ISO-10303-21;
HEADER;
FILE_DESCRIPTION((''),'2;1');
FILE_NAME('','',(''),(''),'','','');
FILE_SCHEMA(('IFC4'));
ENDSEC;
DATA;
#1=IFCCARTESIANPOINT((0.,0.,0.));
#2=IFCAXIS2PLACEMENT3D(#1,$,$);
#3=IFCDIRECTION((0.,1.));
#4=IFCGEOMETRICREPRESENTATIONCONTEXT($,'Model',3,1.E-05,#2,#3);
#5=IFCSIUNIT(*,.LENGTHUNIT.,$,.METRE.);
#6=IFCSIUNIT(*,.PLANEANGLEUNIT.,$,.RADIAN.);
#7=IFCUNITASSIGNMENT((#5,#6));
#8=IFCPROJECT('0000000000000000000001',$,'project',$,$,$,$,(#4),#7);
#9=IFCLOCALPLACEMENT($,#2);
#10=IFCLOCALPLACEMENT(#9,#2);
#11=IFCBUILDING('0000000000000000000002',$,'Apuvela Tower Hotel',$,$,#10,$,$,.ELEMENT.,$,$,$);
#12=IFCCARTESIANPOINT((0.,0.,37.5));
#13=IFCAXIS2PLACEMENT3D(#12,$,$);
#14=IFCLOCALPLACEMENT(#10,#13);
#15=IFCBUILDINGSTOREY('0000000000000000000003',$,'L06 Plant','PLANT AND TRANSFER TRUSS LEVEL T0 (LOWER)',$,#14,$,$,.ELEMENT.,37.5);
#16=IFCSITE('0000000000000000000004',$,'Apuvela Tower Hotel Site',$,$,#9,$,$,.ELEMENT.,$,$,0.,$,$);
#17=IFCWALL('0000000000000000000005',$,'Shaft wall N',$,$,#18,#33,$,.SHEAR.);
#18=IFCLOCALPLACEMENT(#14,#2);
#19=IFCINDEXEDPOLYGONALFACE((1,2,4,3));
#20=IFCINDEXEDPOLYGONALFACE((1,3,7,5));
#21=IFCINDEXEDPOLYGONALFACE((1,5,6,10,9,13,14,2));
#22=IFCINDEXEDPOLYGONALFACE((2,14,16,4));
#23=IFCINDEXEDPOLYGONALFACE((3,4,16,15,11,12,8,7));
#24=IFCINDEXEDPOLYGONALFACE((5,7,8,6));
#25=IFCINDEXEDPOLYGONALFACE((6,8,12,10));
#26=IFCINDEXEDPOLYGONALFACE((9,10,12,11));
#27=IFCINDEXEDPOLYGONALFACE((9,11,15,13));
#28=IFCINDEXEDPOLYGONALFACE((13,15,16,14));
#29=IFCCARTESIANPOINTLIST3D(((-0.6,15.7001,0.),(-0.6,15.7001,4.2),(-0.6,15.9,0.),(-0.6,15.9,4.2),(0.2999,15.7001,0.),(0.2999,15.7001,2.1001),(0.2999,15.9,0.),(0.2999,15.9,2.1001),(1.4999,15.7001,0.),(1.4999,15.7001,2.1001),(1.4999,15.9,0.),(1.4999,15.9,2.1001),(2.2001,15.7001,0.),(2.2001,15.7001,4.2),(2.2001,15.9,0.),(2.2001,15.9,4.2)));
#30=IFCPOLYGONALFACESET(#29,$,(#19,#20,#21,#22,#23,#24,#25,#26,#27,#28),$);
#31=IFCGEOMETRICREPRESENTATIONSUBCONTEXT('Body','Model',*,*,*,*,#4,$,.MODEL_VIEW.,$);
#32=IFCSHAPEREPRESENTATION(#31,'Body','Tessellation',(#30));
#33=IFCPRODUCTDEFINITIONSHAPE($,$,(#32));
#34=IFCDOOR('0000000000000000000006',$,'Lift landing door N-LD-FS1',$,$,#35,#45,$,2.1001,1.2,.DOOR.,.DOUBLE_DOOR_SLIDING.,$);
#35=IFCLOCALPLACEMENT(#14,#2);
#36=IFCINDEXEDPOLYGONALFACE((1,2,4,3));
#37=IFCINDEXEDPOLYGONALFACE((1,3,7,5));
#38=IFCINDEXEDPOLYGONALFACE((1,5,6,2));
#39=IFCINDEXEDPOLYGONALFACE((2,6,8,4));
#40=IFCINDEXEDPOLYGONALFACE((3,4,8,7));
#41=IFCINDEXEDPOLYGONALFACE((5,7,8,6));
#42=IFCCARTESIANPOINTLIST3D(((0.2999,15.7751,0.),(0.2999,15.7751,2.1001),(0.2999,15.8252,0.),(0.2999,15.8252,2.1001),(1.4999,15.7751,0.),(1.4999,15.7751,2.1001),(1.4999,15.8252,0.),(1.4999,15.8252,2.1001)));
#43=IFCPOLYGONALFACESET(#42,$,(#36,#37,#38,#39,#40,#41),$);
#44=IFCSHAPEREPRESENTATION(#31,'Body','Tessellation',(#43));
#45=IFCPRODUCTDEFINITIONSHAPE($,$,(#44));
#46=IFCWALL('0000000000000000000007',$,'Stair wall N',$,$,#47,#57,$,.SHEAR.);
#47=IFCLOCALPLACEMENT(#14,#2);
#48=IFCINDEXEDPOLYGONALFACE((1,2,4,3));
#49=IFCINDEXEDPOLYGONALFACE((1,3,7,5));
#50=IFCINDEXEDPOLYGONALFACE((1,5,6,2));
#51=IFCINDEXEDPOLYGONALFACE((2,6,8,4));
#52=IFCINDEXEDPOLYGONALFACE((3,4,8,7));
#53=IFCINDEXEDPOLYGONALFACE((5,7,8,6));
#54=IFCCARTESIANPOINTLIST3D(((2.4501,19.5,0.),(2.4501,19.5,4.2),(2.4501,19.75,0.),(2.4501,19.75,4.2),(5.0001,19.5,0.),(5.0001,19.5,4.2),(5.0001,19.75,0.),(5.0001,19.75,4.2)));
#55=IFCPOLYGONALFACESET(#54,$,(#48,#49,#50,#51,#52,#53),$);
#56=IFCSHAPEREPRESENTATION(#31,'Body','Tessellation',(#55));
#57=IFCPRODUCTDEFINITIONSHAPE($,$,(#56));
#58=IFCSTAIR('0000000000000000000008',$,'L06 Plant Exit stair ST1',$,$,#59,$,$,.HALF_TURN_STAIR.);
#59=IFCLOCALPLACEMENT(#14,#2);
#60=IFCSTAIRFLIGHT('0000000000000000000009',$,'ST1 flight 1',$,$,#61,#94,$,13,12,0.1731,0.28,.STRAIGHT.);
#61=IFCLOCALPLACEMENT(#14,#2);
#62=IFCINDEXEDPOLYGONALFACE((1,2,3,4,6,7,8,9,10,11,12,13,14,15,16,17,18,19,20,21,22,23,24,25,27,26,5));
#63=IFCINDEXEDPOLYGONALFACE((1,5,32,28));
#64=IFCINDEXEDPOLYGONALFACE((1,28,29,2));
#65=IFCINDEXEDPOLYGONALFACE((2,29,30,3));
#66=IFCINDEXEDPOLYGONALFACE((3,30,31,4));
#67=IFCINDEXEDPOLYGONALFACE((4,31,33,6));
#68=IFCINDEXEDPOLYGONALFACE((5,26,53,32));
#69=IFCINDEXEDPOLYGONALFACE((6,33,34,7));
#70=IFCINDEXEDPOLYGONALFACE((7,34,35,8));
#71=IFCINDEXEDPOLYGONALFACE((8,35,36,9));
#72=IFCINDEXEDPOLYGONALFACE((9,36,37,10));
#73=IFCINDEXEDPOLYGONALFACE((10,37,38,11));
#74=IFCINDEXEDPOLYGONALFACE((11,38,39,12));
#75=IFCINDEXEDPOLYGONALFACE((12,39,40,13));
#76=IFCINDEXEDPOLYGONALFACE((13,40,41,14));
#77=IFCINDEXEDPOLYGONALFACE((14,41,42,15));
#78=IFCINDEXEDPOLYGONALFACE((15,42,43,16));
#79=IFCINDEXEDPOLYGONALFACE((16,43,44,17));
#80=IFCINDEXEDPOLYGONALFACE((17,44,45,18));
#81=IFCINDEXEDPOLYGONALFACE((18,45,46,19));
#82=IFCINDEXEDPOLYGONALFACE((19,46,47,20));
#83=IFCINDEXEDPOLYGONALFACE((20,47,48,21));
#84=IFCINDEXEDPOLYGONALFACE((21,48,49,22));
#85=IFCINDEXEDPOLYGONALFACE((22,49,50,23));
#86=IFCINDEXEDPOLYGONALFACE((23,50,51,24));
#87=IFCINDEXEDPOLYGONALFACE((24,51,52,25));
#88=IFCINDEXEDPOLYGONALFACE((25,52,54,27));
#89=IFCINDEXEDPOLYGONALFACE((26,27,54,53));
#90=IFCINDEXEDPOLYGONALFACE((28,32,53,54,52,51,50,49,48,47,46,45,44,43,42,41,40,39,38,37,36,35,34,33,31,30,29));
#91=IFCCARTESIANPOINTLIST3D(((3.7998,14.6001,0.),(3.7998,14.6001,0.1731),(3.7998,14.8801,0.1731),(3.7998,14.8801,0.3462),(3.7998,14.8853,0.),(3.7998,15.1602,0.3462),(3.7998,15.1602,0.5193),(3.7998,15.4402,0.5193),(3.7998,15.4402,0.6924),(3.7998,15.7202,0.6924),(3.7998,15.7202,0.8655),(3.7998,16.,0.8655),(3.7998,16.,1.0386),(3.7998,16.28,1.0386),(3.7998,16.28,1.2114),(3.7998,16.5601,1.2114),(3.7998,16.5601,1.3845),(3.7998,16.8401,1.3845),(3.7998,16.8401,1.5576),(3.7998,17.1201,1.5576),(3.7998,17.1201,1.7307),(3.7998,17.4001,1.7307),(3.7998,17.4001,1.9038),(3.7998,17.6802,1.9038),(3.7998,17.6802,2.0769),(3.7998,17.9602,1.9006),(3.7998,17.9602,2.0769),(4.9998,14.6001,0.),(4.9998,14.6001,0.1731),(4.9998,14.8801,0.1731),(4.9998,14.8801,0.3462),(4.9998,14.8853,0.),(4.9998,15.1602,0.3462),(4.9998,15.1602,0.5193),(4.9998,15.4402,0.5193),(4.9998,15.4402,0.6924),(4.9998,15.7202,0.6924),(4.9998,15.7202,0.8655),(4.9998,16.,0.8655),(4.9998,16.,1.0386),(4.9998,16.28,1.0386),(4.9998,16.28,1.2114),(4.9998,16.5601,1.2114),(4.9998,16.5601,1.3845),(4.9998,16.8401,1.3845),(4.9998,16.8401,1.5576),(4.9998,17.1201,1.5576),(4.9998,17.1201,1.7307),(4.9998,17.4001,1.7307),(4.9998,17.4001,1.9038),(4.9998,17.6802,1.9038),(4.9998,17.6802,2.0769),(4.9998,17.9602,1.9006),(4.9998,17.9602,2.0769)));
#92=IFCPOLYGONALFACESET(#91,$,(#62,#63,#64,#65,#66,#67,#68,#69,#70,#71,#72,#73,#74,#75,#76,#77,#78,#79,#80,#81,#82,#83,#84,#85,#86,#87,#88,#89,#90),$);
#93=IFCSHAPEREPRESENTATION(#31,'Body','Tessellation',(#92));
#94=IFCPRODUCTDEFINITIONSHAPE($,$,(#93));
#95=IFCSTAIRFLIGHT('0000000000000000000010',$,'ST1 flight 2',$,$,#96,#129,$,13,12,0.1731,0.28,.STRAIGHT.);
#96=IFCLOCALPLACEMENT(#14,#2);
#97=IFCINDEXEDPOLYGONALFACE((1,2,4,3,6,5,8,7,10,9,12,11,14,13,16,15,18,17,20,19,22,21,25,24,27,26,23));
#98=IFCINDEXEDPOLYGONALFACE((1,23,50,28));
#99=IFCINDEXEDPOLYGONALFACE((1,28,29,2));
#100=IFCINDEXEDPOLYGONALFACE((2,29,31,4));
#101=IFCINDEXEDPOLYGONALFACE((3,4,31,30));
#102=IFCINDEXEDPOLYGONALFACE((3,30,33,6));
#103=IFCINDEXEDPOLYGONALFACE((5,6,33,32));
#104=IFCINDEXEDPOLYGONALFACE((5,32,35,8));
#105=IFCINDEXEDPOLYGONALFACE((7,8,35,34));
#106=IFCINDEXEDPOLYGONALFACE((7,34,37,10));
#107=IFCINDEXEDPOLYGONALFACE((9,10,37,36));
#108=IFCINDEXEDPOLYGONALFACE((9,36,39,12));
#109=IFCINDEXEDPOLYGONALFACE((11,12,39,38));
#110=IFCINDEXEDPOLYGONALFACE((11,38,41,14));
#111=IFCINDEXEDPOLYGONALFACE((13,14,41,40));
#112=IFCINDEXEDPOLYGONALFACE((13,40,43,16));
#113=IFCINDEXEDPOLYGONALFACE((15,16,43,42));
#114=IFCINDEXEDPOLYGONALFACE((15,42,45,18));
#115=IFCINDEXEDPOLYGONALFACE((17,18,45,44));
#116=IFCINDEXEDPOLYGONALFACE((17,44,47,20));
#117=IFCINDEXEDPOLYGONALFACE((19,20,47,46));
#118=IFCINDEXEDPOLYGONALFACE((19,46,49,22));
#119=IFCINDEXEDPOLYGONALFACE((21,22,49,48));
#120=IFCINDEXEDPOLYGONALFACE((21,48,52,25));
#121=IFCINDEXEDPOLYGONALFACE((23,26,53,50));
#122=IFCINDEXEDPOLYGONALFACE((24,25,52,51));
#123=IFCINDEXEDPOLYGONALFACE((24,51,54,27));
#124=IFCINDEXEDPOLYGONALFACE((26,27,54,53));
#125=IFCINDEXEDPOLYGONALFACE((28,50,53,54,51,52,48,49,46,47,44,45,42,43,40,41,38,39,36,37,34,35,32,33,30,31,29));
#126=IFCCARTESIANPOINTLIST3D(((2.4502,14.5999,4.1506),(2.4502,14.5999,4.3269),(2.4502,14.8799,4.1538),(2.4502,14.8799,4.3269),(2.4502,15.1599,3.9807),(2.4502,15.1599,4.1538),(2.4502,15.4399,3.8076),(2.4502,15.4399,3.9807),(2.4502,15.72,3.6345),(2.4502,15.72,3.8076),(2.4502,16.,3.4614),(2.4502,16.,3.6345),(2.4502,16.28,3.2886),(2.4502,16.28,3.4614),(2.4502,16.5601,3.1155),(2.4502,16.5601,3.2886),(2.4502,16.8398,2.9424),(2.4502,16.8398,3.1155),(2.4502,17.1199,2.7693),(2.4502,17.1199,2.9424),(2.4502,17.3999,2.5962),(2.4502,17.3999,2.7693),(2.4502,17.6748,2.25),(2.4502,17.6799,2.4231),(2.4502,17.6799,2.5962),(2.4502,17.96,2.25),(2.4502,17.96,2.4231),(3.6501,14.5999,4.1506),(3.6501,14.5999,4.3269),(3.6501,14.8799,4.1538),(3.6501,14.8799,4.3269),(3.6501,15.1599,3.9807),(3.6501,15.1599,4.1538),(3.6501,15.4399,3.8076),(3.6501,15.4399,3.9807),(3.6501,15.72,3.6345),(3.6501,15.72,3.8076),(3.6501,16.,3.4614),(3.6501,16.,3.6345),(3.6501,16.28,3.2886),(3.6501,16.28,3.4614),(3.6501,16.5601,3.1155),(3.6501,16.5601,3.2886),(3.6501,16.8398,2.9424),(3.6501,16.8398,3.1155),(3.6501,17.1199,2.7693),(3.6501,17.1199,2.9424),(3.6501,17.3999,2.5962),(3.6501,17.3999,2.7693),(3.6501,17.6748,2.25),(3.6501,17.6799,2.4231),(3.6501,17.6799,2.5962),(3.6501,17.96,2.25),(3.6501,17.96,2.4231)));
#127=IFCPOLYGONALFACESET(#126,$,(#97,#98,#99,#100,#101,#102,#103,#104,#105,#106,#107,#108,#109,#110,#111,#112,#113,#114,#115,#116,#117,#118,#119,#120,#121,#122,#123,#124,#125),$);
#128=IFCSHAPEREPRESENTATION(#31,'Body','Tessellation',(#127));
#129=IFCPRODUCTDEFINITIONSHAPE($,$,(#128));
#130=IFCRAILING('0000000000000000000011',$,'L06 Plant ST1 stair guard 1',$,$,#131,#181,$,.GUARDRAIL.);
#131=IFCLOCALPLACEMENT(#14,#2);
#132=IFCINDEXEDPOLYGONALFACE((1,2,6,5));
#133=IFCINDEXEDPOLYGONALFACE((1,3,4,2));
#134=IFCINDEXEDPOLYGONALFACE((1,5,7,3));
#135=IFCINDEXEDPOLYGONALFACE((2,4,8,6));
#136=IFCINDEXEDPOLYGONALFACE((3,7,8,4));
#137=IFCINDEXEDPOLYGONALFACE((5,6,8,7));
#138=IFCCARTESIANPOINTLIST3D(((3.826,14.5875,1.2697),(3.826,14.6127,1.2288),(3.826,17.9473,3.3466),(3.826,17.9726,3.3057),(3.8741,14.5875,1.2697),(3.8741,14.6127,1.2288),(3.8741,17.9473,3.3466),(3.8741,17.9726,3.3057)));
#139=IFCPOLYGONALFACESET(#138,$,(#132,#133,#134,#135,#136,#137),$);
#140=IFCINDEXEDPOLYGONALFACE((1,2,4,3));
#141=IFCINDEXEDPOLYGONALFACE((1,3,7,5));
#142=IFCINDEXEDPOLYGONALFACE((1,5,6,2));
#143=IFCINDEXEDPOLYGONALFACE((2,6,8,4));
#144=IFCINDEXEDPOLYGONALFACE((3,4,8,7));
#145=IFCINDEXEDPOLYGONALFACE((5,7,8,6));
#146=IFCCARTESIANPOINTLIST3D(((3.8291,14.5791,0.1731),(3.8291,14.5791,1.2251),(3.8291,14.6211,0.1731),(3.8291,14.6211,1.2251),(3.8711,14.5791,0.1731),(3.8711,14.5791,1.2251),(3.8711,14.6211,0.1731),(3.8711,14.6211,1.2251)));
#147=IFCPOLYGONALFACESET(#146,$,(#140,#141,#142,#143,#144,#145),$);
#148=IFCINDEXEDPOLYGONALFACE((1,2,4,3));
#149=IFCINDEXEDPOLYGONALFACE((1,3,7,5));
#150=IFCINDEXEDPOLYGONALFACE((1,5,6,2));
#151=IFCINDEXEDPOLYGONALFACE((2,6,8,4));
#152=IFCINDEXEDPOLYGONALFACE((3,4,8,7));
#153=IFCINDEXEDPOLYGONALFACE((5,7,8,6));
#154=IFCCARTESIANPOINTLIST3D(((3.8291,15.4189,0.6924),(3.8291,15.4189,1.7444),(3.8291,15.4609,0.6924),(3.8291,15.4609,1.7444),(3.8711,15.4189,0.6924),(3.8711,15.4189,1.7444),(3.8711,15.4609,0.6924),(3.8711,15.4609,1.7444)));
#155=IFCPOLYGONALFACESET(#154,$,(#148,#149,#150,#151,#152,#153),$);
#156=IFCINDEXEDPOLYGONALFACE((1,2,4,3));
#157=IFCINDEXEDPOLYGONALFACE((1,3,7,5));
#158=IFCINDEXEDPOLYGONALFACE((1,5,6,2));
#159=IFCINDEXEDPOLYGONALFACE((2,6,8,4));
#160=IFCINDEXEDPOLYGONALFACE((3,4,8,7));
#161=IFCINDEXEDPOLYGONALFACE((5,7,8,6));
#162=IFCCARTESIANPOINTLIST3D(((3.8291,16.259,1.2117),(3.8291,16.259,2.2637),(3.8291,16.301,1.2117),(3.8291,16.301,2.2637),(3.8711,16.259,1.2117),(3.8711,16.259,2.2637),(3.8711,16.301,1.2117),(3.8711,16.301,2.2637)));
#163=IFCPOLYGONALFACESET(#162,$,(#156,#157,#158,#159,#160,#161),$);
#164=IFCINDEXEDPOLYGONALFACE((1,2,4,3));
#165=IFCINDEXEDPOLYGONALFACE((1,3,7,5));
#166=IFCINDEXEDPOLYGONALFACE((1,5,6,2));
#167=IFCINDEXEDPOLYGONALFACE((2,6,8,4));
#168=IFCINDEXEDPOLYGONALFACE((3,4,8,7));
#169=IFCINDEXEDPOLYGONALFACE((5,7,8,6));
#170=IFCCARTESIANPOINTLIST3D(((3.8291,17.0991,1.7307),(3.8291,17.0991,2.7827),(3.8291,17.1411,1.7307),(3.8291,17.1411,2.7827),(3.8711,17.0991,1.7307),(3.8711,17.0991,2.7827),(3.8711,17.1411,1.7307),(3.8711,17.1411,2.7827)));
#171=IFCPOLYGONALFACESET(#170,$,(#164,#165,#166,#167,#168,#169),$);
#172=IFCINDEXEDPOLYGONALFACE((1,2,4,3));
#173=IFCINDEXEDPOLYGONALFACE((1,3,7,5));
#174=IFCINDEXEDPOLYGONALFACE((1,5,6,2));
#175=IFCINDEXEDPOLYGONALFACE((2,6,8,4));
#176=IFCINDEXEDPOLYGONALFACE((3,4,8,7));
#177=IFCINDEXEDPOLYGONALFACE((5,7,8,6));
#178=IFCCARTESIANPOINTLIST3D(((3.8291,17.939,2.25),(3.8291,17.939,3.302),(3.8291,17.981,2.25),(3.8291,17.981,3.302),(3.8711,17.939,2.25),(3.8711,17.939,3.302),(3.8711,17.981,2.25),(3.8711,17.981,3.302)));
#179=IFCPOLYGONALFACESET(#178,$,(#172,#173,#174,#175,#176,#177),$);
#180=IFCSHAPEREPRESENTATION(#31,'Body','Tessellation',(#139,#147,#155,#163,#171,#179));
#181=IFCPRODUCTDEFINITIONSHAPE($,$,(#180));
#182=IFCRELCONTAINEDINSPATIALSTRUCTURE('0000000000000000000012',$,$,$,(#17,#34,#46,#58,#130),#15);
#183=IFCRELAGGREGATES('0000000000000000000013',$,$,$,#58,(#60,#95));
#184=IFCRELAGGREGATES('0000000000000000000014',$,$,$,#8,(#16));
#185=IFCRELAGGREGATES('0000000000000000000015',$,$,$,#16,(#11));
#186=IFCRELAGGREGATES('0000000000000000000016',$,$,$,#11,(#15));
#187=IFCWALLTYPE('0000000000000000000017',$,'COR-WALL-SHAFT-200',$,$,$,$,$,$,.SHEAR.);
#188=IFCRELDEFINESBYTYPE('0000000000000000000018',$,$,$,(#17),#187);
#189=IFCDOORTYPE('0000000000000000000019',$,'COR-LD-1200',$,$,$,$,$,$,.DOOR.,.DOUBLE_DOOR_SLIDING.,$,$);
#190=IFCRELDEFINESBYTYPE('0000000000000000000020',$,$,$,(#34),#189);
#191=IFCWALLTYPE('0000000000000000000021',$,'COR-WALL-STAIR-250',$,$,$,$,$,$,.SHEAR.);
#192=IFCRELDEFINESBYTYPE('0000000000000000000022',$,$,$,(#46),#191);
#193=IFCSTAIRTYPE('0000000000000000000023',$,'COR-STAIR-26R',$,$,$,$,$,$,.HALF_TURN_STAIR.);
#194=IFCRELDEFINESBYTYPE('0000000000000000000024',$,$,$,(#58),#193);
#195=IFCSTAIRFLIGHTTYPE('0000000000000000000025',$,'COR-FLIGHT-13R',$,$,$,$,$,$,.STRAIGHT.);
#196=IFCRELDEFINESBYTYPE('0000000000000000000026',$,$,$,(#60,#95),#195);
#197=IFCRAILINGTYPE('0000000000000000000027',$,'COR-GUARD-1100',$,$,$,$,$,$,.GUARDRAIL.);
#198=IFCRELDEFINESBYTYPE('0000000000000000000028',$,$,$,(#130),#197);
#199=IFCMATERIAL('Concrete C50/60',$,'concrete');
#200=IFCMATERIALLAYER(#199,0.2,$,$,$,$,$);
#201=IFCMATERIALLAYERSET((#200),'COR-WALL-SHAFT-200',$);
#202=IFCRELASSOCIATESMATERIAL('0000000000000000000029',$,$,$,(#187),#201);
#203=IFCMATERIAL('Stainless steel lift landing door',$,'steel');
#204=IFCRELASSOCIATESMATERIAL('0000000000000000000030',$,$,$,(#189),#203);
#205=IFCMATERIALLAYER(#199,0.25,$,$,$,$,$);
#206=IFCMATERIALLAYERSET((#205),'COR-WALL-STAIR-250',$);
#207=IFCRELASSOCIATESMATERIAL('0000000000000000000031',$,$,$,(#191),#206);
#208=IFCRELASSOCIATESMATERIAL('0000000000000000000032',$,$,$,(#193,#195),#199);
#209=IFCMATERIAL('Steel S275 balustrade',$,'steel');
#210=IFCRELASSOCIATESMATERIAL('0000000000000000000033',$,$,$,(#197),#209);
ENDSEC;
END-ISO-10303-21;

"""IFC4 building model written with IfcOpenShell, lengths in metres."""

from ifc_helpers import new_model, si_unit, direction, frame, frame_2d, origin, origin_2d, place, context, subcontext, project, spatial, polyline, rectangle, outline, extrude, material, layer, layer_set, type_object, element, fill, aggregate, save


model = new_model("IFC4")

# Units and contexts
model_context = context("Model", 3, precision=1e-05, world=origin(), true_north=direction((0.0, 1.0)))
body_context = subcontext(model_context, "Body", "Model", "MODEL_VIEW")
ifc_project = project(units=[si_unit("LENGTHUNIT", "METRE"), si_unit("PLANEANGLEUNIT", "RADIAN")], contexts=[model_context])

# Site, building, storey
site_placement = place(None, origin())
site = spatial("IfcSite", under=ifc_project, at=site_placement, Name="Apuvela Tower Hotel Site", CompositionType="ELEMENT", RefElevation=0.0)
building_placement = place(site_placement, origin())
building = spatial("IfcBuilding", under=site, at=building_placement, Name="Apuvela Tower Hotel", CompositionType="ELEMENT")
storey_placement = place(building_placement, frame((0.0, 0.0, 37.5)))
storey = spatial("IfcBuildingStorey", under=building, at=storey_placement, Name="L06 Plant", Description="PLANT AND TRANSFER TRUSS LEVEL T0 (LOWER)", CompositionType="ELEMENT", Elevation=37.5)

# Shared definitions
ifc_material_1 = material(Name="Concrete C50/60", Category="concrete")
ifc_layer_1 = layer(ifc_material_1, 0.2)
ifc_layer_set_1 = layer_set([ifc_layer_1], Name="COR-WALL-SHAFT-200")
wall_type_1 = type_object("IfcWallType", Name="COR-WALL-SHAFT-200", PredefinedType="SHEAR", material=ifc_layer_set_1)

# Wall, opening, door
wall_1_placement = place(storey_placement, frame((2.2, 15.8, 0.0), z_axis=(0.0, 0.0, 1.0), x_axis=(-1.0, 0.0, 0.0)))
wall_1 = element("IfcWall", 1, at=wall_1_placement, inside=storey, type_object=wall_type_1, Name="Shaft wall N", PredefinedType="SHEAR", context=body_context, shape_type="SweptSolid", body=[
    extrude(rectangle(XDim=2.8, YDim=0.2, at=frame_2d((1.3999, 0.0))), origin(), (0.0, 0.0, 1.0), 4.2),
])
opening_placement = place(wall_1_placement, frame((0.7, 0.0, 0.0)))
opening = element("IfcOpeningElement", 2, at=opening_placement, cuts=wall_1, PredefinedType="OPENING", context=body_context, shape_type="SweptSolid", body=[
    extrude(rectangle(XDim=1.2, YDim=2.1001, at=frame_2d((0.6001, 1.05))), frame((0.0, 0.1099, 0.0), z_axis=(0.0, -1.0, 0.0), x_axis=(1.0, 0.0, 0.0)), (0.0, 0.0, 1.0), 0.22),
])
ifc_material_2 = material(Name="Stainless steel lift landing door", Category="steel")
door_type = type_object("IfcDoorType", Name="COR-LD-1200", OperationType="DOUBLE_DOOR_SLIDING", PredefinedType="DOOR", material=ifc_material_2)
door_placement = place(opening_placement, origin())
door = element("IfcDoor", 3, at=door_placement, inside=storey, type_object=door_type, Name="Lift landing door N-LD-FS1", OperationType="DOUBLE_DOOR_SLIDING", OverallHeight=2.1001, OverallWidth=1.2, PredefinedType="DOOR", context=body_context, shape_type="SweptSolid", body=[
    extrude(rectangle(XDim=1.2, YDim=2.1001, at=frame_2d((0.6001, 1.05))), frame((0.0, 0.0249, 0.0), z_axis=(0.0, -1.0, 0.0), x_axis=(1.0, 0.0, 0.0)), (0.0, 0.0, 1.0), 0.05),
])
fill(opening, door)

# Wall
ifc_layer_2 = layer(ifc_material_1, 0.25)
ifc_layer_set_2 = layer_set([ifc_layer_2], Name="COR-WALL-STAIR-250")
wall_type_2 = type_object("IfcWallType", Name="COR-WALL-STAIR-250", PredefinedType="SHEAR", material=ifc_layer_set_2)
wall_2_placement = place(storey_placement, frame((5.0, 19.625, 0.0), z_axis=(0.0, 0.0, 1.0), x_axis=(-1.0, 0.0, 0.0)))
element("IfcWall", 4, at=wall_2_placement, inside=storey, type_object=wall_type_2, Name="Stair wall N", PredefinedType="SHEAR", context=body_context, shape_type="SweptSolid", body=[
    extrude(rectangle(XDim=2.55, YDim=0.25, at=frame_2d((1.2749, 0.0))), origin(), (0.0, 0.0, 1.0), 4.2),
])

# Stair, stair flights
stair_type = type_object("IfcStairType", Name="COR-STAIR-26R", PredefinedType="HALF_TURN_STAIR", material=ifc_material_1)
stair_placement = place(storey_placement, origin())
stair = element("IfcStair", 5, at=stair_placement, inside=storey, type_object=stair_type, Name="L06 Plant Exit stair ST1", PredefinedType="HALF_TURN_STAIR")
stair_flight_type = type_object("IfcStairFlightType", Name="COR-FLIGHT-13R", PredefinedType="STRAIGHT", material=ifc_material_1)
stair_flight_1_placement = place(storey_placement, frame((4.3999, 14.6001, 0.0), z_axis=(0.0, 0.0, 1.0), x_axis=(0.0, 1.0, 0.0)))
stair_flight_1 = element("IfcStairFlight", 6, at=stair_flight_1_placement, type_object=stair_flight_type, Name="ST1 flight 1", NumberOfRisers=13, NumberOfTreads=12, PredefinedType="STRAIGHT", RiserHeight=0.1731, TreadLength=0.28, context=body_context, shape_type="SweptSolid", body=[
    extrude(outline(polyline([(0.0, 0.0), (0.0, 0.1731), (0.28, 0.1731), (0.28, 0.3462), (0.5601, 0.3462), (0.5601, 0.5193), (0.8401, 0.5193), (0.8401, 0.6924), (1.1201, 0.6924), (1.1201, 0.8655), (1.3999, 0.8655), (1.3999, 1.0386), (1.6799, 1.0386), (1.6799, 1.2114), (1.96, 1.2114), (1.96, 1.3845), (2.24, 1.3845), (2.24, 1.5576), (2.52, 1.5576), (2.52, 1.7307), (2.8, 1.7307), (2.8, 1.9038), (3.0801, 1.9038), (3.0801, 2.0769), (3.3601, 2.0769), (3.3601, 2.25), (3.3601, 1.9006), (0.2852, 0.0), (0.0, 0.0)])), frame((0.0, 0.6001, 0.0), z_axis=(0.0, -1.0, 0.0), x_axis=(1.0, 0.0, 0.0)), (0.0, 0.0, 1.0), 1.2),
])
stair_flight_2_placement = place(storey_placement, frame((3.05, 17.96, 2.25), z_axis=(0.0, 0.0, 1.0), x_axis=(0.0, -1.0, 0.0)))
stair_flight_2 = element("IfcStairFlight", 7, at=stair_flight_2_placement, type_object=stair_flight_type, Name="ST1 flight 2", NumberOfRisers=13, NumberOfTreads=12, PredefinedType="STRAIGHT", RiserHeight=0.1731, TreadLength=0.28, context=body_context, shape_type="SweptSolid", body=[
    extrude(outline(polyline([(0.0, 0.0), (0.0, 0.1731), (0.28, 0.1731), (0.28, 0.3462), (0.5601, 0.3462), (0.5601, 0.5193), (0.8401, 0.5193), (0.8401, 0.6924), (1.1201, 0.6924), (1.1201, 0.8655), (1.3999, 0.8655), (1.3999, 1.0386), (1.6799, 1.0386), (1.6799, 1.2114), (1.96, 1.2114), (1.96, 1.3845), (2.24, 1.3845), (2.24, 1.5576), (2.52, 1.5576), (2.52, 1.7307), (2.8, 1.7307), (2.8, 1.9038), (3.0801, 1.9038), (3.0801, 2.0769), (3.3601, 2.0769), (3.3601, 2.25), (3.3601, 1.9006), (0.2852, 0.0), (0.0, 0.0)])), frame((0.0, 0.6001, 0.0), z_axis=(0.0, -1.0, 0.0), x_axis=(1.0, 0.0, 0.0)), (0.0, 0.0, 1.0), 1.2),
])
aggregate(stair, [stair_flight_1, stair_flight_2])

# Railing
ifc_material_3 = material(Name="Steel S275 balustrade", Category="steel")
railing_type_1 = type_object("IfcRailingType", Name="COR-GUARD-1100", PredefinedType="GUARDRAIL", material=ifc_material_3)
railing_1_placement = place(storey_placement, frame((3.8501, 14.6001, 0.1731)))
element("IfcRailing", 8, at=railing_1_placement, inside=storey, type_object=railing_type_1, Name="L06 Plant ST1 stair guard 1", PredefinedType="GUARDRAIL", context=body_context, shape_type="SweptSolid", body=[
    extrude(rectangle(XDim=0.0481, YDim=0.0481, at=origin_2d()), frame((0.0, 0.0, 1.0762), z_axis=(0.0, 0.850606, 0.525803), x_axis=(-1.0, 0.0, 0.0)), (0.0, 0.0, 1.0), 3.95),
    extrude(rectangle(XDim=0.042, YDim=0.042, at=origin_2d()), origin(), (0.0, 0.0, 1.0), 1.052),
    extrude(rectangle(XDim=0.042, YDim=0.042, at=origin_2d()), frame((0.0, 0.8398, 0.5193)), (0.0, 0.0, 1.0), 1.052),
    extrude(rectangle(XDim=0.042, YDim=0.042, at=origin_2d()), frame((0.0, 1.6799, 1.0386)), (0.0, 0.0, 1.0), 1.052),
    extrude(rectangle(XDim=0.042, YDim=0.042, at=origin_2d()), frame((0.0, 2.52, 1.5576)), (0.0, 0.0, 1.0), 1.052),
    extrude(rectangle(XDim=0.042, YDim=0.042, at=origin_2d()), frame((0.0, 3.3599, 2.0769)), (0.0, 0.0, 1.0), 1.052),
])

save(model, "model.ifc")
